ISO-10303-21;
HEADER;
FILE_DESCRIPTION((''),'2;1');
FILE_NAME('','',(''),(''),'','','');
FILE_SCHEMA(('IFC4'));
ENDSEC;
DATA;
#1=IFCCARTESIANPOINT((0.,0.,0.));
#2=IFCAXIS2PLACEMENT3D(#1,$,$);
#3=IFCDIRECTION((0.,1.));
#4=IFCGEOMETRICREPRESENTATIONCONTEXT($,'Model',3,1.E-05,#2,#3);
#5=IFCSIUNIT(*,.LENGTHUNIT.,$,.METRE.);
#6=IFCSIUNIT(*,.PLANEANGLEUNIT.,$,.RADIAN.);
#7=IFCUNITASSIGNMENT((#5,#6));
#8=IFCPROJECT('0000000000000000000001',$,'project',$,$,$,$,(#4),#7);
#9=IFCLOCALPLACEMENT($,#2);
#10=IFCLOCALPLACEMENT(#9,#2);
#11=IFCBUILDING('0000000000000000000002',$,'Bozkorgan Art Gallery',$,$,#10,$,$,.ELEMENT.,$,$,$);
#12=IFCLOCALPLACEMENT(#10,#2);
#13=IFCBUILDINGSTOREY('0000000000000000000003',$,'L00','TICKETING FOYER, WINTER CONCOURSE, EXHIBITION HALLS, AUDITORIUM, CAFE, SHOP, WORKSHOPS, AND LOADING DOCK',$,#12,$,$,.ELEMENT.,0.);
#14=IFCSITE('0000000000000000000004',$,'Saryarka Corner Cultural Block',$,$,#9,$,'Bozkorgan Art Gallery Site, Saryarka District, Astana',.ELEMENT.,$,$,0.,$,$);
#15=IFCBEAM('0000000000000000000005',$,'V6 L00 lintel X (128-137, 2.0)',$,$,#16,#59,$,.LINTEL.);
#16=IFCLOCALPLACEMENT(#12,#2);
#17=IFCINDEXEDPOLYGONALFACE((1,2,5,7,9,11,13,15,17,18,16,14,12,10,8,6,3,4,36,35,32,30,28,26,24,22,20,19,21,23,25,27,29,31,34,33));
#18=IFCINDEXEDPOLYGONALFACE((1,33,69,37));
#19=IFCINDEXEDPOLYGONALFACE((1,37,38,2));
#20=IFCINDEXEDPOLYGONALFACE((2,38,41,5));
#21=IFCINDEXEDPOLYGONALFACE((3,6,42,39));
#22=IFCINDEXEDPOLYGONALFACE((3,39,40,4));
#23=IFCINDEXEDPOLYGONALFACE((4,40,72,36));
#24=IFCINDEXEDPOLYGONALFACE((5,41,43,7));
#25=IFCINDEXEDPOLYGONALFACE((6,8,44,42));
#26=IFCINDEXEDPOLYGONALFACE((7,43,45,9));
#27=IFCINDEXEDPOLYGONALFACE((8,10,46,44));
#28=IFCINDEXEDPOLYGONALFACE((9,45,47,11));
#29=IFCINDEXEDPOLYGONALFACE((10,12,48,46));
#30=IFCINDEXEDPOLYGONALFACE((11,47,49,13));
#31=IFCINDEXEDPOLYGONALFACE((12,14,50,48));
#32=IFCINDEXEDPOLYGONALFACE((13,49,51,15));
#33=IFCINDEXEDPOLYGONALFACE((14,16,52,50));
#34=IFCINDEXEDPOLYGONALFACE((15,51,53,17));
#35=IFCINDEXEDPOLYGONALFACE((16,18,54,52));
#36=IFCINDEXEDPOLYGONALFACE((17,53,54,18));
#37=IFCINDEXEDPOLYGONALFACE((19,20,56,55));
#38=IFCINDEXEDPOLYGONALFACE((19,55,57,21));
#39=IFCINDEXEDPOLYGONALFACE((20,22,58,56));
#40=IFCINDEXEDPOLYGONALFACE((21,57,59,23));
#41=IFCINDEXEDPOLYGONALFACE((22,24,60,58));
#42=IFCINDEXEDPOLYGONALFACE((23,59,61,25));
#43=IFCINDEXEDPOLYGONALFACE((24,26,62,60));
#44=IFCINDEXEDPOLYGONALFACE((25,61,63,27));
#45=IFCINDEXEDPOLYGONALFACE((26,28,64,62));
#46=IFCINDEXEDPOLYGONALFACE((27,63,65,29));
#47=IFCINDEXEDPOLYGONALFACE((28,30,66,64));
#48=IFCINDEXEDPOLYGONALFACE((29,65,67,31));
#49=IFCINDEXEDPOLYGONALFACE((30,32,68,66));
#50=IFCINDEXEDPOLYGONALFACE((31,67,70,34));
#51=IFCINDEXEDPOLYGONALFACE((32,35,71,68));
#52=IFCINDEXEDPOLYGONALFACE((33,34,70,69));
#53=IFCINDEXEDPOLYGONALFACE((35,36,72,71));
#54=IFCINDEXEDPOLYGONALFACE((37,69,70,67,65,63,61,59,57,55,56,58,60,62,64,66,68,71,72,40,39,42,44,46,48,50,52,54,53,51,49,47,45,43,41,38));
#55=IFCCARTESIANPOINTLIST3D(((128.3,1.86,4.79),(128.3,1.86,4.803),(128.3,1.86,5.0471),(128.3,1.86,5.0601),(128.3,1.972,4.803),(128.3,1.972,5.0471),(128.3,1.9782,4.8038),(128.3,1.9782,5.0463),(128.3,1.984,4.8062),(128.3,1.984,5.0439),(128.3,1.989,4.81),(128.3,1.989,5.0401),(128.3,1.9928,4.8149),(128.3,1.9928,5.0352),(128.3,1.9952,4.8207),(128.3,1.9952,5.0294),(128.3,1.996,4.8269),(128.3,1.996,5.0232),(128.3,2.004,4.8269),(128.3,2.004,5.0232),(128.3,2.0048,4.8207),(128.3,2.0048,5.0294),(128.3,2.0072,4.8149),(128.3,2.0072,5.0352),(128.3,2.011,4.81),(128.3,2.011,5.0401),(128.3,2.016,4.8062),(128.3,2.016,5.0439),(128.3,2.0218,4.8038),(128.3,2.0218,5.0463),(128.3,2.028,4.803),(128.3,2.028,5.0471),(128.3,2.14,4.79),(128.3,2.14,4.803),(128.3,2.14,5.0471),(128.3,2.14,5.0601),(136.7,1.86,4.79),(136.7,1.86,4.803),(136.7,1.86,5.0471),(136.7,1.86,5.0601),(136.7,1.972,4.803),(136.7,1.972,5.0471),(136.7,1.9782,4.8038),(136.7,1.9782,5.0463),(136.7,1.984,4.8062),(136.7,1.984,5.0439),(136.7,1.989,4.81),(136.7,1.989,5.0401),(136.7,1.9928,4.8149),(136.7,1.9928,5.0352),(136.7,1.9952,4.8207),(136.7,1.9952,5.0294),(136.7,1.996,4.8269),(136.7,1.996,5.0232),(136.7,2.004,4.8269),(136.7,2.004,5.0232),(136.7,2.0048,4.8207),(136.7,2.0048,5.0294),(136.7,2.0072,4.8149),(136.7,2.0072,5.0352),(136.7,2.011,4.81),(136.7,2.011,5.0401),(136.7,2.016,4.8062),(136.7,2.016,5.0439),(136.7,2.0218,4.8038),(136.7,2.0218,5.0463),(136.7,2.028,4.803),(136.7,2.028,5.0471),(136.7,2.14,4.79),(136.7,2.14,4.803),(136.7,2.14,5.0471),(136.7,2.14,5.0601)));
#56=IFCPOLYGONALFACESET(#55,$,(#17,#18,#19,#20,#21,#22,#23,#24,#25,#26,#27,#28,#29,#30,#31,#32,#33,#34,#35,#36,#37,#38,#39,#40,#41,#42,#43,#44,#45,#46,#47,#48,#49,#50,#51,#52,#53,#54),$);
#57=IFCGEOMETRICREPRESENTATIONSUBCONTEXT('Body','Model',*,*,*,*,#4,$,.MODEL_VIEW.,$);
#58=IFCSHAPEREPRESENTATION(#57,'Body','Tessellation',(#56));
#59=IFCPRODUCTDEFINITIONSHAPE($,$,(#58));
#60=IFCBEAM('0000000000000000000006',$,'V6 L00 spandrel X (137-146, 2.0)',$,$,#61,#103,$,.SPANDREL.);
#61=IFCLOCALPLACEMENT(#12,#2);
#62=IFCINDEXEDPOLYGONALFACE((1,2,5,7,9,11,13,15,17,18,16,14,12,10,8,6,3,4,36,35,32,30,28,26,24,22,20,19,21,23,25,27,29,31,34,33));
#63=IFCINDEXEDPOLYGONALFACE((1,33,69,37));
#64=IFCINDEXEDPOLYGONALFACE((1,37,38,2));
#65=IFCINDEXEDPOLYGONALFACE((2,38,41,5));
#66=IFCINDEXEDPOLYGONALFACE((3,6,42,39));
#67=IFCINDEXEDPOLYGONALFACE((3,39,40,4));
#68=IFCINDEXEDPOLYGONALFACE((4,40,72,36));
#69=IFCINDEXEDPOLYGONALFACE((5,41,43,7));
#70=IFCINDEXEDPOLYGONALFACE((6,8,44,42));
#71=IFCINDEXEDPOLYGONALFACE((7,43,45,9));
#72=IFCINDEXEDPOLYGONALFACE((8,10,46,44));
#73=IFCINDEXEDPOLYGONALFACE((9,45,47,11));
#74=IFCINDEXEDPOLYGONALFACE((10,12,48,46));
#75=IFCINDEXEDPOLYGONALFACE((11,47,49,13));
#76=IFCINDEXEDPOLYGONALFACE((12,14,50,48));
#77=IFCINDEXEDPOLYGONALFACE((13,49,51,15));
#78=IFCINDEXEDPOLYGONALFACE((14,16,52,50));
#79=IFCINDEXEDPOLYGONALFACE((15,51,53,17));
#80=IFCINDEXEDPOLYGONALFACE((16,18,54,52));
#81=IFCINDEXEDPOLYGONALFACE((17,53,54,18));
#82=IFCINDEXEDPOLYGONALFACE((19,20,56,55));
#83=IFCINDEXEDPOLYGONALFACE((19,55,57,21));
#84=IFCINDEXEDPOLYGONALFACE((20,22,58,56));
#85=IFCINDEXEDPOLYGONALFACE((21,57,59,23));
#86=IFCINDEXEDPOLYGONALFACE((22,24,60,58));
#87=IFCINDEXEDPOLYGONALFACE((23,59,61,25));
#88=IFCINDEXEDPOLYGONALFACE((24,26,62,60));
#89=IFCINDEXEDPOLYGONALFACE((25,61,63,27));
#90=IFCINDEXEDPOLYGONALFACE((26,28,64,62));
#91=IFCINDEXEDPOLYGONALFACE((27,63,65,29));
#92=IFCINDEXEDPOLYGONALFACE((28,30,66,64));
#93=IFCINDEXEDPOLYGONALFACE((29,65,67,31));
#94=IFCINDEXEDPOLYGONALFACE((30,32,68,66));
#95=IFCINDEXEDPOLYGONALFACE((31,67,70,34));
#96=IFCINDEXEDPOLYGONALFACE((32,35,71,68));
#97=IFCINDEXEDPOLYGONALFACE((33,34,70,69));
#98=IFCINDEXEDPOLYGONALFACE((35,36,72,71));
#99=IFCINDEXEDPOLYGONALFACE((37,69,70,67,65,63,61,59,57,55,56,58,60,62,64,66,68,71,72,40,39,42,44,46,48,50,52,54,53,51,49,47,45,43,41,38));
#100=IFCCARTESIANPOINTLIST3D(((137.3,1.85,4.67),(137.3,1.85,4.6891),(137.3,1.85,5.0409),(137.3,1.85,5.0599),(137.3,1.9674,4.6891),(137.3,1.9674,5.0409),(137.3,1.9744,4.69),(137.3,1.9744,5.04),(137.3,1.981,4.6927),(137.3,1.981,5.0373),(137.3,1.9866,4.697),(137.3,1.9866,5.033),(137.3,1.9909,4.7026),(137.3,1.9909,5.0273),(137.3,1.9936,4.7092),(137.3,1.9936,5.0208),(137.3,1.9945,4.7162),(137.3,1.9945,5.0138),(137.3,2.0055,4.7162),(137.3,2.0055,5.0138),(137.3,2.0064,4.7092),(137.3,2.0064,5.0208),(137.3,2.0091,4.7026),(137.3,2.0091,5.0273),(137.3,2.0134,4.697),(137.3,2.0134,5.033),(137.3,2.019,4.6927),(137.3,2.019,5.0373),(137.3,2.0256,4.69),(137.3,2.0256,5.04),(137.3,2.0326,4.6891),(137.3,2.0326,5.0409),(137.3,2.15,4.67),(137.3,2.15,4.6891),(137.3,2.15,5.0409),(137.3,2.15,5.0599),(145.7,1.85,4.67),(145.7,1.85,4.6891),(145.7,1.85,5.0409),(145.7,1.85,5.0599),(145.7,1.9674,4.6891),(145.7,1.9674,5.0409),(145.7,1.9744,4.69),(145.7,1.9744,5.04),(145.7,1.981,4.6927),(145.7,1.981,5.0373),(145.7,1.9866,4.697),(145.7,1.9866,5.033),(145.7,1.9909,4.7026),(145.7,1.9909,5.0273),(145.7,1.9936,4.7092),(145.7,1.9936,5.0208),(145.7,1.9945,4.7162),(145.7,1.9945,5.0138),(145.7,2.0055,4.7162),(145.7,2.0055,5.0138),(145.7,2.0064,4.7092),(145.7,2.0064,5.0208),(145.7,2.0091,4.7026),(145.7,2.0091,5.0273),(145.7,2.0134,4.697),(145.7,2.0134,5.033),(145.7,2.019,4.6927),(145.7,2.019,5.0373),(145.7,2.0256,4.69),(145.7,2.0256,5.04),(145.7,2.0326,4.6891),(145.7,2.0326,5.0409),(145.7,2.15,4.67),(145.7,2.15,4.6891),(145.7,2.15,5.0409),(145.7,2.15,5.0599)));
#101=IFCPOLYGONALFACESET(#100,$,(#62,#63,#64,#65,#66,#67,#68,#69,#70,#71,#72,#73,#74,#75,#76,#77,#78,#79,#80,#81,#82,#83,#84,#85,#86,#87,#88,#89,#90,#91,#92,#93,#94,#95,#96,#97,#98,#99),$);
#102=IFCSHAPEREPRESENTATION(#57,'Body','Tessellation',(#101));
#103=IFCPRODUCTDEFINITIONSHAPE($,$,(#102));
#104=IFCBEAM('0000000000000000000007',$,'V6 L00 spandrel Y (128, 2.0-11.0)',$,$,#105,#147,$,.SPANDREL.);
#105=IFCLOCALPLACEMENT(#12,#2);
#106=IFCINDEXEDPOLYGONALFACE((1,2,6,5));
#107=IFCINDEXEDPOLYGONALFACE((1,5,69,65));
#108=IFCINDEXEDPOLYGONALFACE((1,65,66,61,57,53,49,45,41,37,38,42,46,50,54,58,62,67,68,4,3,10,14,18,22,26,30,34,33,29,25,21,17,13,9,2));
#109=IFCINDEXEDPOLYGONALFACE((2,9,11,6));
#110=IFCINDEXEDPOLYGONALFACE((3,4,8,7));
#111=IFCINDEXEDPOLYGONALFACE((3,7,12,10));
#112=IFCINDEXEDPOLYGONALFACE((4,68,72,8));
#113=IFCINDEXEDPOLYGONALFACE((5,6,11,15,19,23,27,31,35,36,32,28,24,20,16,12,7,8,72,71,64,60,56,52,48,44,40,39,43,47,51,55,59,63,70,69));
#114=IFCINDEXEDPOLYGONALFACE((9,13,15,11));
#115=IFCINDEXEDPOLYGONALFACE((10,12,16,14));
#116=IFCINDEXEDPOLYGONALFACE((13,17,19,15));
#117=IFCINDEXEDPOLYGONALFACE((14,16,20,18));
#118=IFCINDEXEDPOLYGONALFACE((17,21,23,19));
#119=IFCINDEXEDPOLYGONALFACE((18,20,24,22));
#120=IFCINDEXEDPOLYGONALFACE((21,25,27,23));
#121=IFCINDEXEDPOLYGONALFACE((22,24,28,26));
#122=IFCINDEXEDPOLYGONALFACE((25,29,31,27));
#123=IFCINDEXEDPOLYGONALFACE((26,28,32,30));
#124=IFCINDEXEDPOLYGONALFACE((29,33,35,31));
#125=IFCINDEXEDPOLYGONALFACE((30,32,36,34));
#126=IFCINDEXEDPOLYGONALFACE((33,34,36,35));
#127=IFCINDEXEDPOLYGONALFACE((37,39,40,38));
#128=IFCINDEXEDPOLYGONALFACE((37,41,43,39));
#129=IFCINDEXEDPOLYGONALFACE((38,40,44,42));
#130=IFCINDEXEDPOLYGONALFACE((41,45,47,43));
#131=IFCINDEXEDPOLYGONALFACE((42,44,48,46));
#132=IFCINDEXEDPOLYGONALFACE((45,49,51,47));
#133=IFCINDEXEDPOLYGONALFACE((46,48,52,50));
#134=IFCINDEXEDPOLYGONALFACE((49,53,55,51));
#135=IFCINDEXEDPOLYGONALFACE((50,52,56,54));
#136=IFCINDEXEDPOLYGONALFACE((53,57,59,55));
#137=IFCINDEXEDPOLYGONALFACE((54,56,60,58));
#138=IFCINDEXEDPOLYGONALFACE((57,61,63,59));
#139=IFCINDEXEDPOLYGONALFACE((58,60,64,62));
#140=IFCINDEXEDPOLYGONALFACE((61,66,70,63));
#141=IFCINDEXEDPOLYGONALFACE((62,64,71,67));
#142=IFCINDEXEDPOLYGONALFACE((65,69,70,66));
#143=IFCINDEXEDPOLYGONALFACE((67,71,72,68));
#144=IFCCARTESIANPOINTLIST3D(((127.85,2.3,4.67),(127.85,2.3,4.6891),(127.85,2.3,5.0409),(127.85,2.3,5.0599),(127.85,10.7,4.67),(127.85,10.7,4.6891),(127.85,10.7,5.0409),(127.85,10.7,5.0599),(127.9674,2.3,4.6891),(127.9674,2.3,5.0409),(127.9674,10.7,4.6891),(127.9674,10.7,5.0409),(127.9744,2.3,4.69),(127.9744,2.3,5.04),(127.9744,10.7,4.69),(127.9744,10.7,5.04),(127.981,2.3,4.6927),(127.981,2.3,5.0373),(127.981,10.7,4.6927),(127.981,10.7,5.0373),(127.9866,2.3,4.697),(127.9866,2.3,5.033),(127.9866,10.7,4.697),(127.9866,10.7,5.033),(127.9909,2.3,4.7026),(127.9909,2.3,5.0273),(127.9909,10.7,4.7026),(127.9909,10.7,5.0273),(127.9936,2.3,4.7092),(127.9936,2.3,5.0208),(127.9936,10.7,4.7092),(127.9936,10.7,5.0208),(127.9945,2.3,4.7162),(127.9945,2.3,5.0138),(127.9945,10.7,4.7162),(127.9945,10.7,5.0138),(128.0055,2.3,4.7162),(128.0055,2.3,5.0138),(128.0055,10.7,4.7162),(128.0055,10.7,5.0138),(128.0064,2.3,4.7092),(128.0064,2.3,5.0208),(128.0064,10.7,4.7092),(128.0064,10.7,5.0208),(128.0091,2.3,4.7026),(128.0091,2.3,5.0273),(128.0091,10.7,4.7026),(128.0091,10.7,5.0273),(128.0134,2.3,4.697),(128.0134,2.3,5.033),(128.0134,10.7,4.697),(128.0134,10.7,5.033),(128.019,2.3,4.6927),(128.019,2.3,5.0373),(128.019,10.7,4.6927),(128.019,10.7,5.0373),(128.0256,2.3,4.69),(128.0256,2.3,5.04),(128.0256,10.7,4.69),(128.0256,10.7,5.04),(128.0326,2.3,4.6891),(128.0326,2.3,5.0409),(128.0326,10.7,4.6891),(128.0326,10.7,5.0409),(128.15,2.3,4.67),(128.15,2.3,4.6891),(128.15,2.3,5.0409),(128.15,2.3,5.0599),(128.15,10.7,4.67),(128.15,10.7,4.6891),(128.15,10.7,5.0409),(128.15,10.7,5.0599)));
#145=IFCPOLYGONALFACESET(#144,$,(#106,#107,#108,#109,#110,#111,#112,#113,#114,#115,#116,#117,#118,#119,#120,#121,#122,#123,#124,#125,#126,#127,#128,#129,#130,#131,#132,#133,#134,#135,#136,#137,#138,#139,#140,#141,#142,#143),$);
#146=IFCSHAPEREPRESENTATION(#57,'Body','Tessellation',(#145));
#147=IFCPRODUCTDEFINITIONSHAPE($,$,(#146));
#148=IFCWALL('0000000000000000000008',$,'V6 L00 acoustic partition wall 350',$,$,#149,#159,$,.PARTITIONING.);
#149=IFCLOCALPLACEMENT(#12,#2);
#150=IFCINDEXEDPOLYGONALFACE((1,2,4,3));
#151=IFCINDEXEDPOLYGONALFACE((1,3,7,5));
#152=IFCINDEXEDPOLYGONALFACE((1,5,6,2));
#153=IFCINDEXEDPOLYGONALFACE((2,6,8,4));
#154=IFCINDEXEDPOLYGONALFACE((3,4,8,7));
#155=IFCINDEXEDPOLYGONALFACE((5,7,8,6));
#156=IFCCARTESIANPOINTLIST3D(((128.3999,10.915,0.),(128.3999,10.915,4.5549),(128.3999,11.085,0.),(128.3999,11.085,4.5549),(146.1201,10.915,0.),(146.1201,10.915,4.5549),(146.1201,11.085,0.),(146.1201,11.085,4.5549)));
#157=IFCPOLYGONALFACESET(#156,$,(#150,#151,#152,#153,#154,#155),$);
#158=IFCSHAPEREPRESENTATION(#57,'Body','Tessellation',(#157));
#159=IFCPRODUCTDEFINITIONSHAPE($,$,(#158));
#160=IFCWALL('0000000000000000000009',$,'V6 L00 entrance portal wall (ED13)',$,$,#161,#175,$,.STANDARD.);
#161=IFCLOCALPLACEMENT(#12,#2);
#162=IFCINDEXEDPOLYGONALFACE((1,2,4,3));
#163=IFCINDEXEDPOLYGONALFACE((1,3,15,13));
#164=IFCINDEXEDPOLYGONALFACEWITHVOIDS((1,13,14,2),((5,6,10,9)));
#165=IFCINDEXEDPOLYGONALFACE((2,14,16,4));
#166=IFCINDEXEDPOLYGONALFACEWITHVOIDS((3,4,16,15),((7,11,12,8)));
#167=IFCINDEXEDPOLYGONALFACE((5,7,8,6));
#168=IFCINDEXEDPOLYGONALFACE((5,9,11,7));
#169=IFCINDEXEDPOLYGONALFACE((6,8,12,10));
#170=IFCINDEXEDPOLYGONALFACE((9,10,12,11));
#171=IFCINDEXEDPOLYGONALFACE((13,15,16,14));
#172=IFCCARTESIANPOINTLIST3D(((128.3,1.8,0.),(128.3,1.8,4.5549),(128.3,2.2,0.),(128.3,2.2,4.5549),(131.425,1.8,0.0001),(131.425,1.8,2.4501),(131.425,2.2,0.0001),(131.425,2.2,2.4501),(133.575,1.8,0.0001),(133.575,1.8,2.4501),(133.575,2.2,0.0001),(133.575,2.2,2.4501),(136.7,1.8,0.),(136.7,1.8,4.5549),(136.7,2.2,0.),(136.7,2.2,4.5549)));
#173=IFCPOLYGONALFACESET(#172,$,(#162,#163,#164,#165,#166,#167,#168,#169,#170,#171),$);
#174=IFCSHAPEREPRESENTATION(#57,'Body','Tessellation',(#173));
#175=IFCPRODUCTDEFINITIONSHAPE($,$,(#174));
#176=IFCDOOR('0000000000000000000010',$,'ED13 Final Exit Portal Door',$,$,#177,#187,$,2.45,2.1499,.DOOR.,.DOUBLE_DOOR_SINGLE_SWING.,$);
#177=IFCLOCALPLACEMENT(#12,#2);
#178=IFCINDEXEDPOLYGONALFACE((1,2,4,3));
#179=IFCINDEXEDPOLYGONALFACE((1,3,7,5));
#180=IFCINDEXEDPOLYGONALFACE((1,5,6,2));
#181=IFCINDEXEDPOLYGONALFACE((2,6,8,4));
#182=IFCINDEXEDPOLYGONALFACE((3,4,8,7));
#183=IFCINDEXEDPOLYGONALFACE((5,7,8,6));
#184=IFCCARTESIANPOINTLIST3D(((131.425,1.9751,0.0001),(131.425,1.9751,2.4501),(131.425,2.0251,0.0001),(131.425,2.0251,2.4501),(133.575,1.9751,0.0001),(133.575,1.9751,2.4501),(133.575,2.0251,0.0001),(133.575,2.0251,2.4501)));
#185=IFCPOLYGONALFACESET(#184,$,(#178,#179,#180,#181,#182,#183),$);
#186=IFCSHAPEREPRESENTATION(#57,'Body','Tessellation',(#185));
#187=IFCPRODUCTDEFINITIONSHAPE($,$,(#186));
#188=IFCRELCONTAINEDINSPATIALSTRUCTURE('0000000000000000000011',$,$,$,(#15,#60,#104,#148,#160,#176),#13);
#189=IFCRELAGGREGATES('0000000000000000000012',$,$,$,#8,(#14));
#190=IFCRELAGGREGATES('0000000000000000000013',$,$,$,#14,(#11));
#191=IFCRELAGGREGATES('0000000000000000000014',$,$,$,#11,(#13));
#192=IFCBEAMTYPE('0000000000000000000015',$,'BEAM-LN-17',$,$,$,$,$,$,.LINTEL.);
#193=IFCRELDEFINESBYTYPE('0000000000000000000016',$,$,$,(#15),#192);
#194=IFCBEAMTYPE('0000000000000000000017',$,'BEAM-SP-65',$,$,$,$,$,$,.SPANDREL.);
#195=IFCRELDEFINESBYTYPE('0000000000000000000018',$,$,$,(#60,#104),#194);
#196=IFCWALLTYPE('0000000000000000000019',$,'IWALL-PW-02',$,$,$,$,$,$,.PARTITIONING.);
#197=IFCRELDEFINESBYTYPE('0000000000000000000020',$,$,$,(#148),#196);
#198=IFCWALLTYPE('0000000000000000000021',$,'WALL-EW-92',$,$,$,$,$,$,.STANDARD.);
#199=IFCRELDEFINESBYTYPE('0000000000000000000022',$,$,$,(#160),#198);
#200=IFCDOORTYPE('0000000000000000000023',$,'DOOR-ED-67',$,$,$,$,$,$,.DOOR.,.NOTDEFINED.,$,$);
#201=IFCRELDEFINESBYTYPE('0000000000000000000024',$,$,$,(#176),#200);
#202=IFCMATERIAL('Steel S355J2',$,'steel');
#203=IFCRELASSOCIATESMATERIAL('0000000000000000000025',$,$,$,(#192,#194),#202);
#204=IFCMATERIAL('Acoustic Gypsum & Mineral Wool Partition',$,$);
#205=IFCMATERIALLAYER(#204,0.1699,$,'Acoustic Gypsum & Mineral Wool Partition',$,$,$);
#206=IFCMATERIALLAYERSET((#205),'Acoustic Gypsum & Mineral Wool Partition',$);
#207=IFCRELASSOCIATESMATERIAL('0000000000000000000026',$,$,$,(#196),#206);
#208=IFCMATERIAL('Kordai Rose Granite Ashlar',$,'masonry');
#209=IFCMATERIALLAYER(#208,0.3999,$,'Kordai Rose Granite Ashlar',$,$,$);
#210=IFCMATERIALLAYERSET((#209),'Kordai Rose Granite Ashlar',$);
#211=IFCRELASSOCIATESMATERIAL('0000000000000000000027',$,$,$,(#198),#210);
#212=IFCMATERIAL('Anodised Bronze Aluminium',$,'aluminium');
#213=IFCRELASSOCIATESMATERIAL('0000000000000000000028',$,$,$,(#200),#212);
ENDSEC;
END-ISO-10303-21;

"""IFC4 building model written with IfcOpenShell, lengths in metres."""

from ifc_helpers import new_model, si_unit, direction, frame, frame_2d, origin, origin_2d, place, context, subcontext, project, spatial, rectangle, i_section, extrude, material, layer, layer_set, material_profile, profile_set, type_object, element, fill, save


model = new_model("IFC4")

# Units and contexts
model_context = context("Model", 3, precision=1e-05, world=origin(), true_north=direction((0.0, 1.0)))
body_context = subcontext(model_context, "Body", "Model", "MODEL_VIEW")
ifc_project = project(units=[si_unit("LENGTHUNIT", "METRE"), si_unit("PLANEANGLEUNIT", "RADIAN")], contexts=[model_context])

# Site, building, storey
site_placement = place(None, origin())
site = spatial("IfcSite", under=ifc_project, at=site_placement, Name="Saryarka Corner Cultural Block", LongName="Bozkorgan Art Gallery Site, Saryarka District, Astana", CompositionType="ELEMENT", RefElevation=0.0)
building_placement = place(site_placement, origin())
building = spatial("IfcBuilding", under=site, at=building_placement, Name="Bozkorgan Art Gallery", CompositionType="ELEMENT")
storey_placement = place(building_placement, origin())
storey = spatial("IfcBuildingStorey", under=building, at=storey_placement, Name="L00", Description="TICKETING FOYER, WINTER CONCOURSE, EXHIBITION HALLS, AUDITORIUM, CAFE, SHOP, WORKSHOPS, AND LOADING DOCK", CompositionType="ELEMENT", Elevation=0.0)

# Beams
ifc_material_1 = material(Name="Steel S355J2", Category="steel")
ifc_material_profile_1 = material_profile(ifc_material_1, i_section(OverallWidth=0.28, OverallDepth=0.27, WebThickness=0.0081, FlangeThickness=0.0129, FilletRadius=0.0239, at=origin_2d()), Name="HEA 280")
ifc_profile_set_1 = profile_set([ifc_material_profile_1], Name="Steel S355J2")
beam_type_1 = type_object("IfcBeamType", Name="BEAM-LN-17", PredefinedType="LINTEL", material=ifc_profile_set_1)
beam_1_placement = place(storey_placement, frame((128.3, 2.0, 4.925), z_axis=(1.0, 0.0, 0.0), x_axis=(0.0, 1.0, 0.0)))
element("IfcBeam", 1, at=beam_1_placement, inside=storey, type_object=beam_type_1, Name="V6 L00 lintel X (128-137, 2.0)", PredefinedType="LINTEL", context=body_context, shape_type="SweptSolid", body=[
    extrude(i_section(OverallWidth=0.28, OverallDepth=0.27, WebThickness=0.0081, FlangeThickness=0.0129, FilletRadius=0.0239, at=origin_2d()), origin(), (0.0, 0.0, 1.0), 8.3999),
])
ifc_material_profile_2 = material_profile(ifc_material_1, i_section(OverallWidth=0.3, OverallDepth=0.3899, WebThickness=0.011, FlangeThickness=0.019, FilletRadius=0.0271, at=origin_2d()), Name="HEA 400")
ifc_profile_set_2 = profile_set([ifc_material_profile_2], Name="Steel S355J2")
beam_type_2 = type_object("IfcBeamType", Name="BEAM-SP-65", PredefinedType="SPANDREL", material=ifc_profile_set_2)
for number, where, z_axis, x_axis, name in (
    (2, (137.3, 2.0, 4.865), (1.0, 0.0, 0.0), (0.0, 1.0, 0.0), "V6 L00 spandrel X (137-146, 2.0)"),
    (3, (128.0, 2.3, 4.865), (0.0, 1.0, 0.0), (-1.0, 0.0, 0.0), "V6 L00 spandrel Y (128, 2.0-11.0)"),
):
    element("IfcBeam", number, at=place(storey_placement, frame(where, z_axis=z_axis, x_axis=x_axis)), inside=storey, type_object=beam_type_2, Name=name, PredefinedType="SPANDREL", context=body_context, shape_type="SweptSolid", body=[
        extrude(i_section(OverallWidth=0.3, OverallDepth=0.3899, WebThickness=0.011, FlangeThickness=0.019, FilletRadius=0.0271, at=origin_2d()), origin(), (0.0, 0.0, 1.0), 8.3999),
    ])

# Wall
ifc_material_2 = material(Name="Acoustic Gypsum & Mineral Wool Partition")
ifc_layer_1 = layer(ifc_material_2, 0.1699, Name="Acoustic Gypsum & Mineral Wool Partition")
ifc_layer_set_1 = layer_set([ifc_layer_1], Name="Acoustic Gypsum & Mineral Wool Partition")
wall_type_1 = type_object("IfcWallType", Name="IWALL-PW-02", PredefinedType="PARTITIONING", material=ifc_layer_set_1)
wall_1_placement = place(storey_placement, frame((128.3999, 11.0, 0.0), z_axis=(0.0, 0.0, 1.0), x_axis=(1.0, 0.0, 0.0)))
element("IfcWall", 4, at=wall_1_placement, inside=storey, type_object=wall_type_1, Name="V6 L00 acoustic partition wall 350", PredefinedType="PARTITIONING", context=body_context, shape_type="SweptSolid", body=[
    extrude(rectangle(XDim=17.7202, YDim=0.1699, at=frame_2d((8.8601, 0.0))), origin(), (0.0, 0.0, 1.0), 4.5549),
])

# Wall, opening, door
ifc_material_3 = material(Name="Kordai Rose Granite Ashlar", Category="masonry")
ifc_layer_2 = layer(ifc_material_3, 0.3999, Name="Kordai Rose Granite Ashlar")
ifc_layer_set_2 = layer_set([ifc_layer_2], Name="Kordai Rose Granite Ashlar")
wall_type_2 = type_object("IfcWallType", Name="WALL-EW-92", PredefinedType="STANDARD", material=ifc_layer_set_2)
wall_2_placement = place(storey_placement, frame((128.3, 2.0, 0.0), z_axis=(0.0, 0.0, 1.0), x_axis=(1.0, 0.0, 0.0)))
wall_2 = element("IfcWall", 5, at=wall_2_placement, inside=storey, type_object=wall_type_2, Name="V6 L00 entrance portal wall (ED13)", PredefinedType="STANDARD", context=body_context, shape_type="SweptSolid", body=[
    extrude(rectangle(XDim=8.3999, YDim=0.3999, at=frame_2d((4.2, 0.0))), origin(), (0.0, 0.0, 1.0), 4.5549),
])
opening_1_placement = place(wall_2_placement, frame((5.2749, 0.0, 0.0), z_axis=(0.0, 0.0, 1.0), x_axis=(-1.0, 0.0, 0.0)))
opening_1 = element("IfcOpeningElement", 6, at=opening_1_placement, cuts=wall_2, PredefinedType="OPENING", context=body_context, shape_type="SweptSolid", body=[
    extrude(rectangle(XDim=2.1499, YDim=2.45, at=frame_2d((1.075, 1.2251))), frame((0.0, 0.21, 0.0), z_axis=(0.0, -1.0, 0.0), x_axis=(1.0, 0.0, 0.0)), (0.0, 0.0, 1.0), 0.4199),
])
ifc_material_4 = material(Name="Anodised Bronze Aluminium", Category="aluminium")
door_type = type_object("IfcDoorType", Name="DOOR-ED-67", OperationType="NOTDEFINED", PredefinedType="DOOR", material=ifc_material_4)
door_placement = place(opening_1_placement, origin())
door = element("IfcDoor", 7, at=door_placement, inside=storey, type_object=door_type, Name="ED13 Final Exit Portal Door", OperationType="DOUBLE_DOOR_SINGLE_SWING", OverallHeight=2.45, OverallWidth=2.1499, PredefinedType="DOOR", context=body_context, shape_type="SweptSolid", body=[
    extrude(rectangle(XDim=2.1499, YDim=2.45, at=frame_2d((1.075, 1.2251))), frame((0.0, 0.0249, 0.0), z_axis=(0.0, -1.0, 0.0), x_axis=(1.0, 0.0, 0.0)), (0.0, 0.0, 1.0), 0.05),
])
fill(opening_1, door)

save(model, "model.ifc")
